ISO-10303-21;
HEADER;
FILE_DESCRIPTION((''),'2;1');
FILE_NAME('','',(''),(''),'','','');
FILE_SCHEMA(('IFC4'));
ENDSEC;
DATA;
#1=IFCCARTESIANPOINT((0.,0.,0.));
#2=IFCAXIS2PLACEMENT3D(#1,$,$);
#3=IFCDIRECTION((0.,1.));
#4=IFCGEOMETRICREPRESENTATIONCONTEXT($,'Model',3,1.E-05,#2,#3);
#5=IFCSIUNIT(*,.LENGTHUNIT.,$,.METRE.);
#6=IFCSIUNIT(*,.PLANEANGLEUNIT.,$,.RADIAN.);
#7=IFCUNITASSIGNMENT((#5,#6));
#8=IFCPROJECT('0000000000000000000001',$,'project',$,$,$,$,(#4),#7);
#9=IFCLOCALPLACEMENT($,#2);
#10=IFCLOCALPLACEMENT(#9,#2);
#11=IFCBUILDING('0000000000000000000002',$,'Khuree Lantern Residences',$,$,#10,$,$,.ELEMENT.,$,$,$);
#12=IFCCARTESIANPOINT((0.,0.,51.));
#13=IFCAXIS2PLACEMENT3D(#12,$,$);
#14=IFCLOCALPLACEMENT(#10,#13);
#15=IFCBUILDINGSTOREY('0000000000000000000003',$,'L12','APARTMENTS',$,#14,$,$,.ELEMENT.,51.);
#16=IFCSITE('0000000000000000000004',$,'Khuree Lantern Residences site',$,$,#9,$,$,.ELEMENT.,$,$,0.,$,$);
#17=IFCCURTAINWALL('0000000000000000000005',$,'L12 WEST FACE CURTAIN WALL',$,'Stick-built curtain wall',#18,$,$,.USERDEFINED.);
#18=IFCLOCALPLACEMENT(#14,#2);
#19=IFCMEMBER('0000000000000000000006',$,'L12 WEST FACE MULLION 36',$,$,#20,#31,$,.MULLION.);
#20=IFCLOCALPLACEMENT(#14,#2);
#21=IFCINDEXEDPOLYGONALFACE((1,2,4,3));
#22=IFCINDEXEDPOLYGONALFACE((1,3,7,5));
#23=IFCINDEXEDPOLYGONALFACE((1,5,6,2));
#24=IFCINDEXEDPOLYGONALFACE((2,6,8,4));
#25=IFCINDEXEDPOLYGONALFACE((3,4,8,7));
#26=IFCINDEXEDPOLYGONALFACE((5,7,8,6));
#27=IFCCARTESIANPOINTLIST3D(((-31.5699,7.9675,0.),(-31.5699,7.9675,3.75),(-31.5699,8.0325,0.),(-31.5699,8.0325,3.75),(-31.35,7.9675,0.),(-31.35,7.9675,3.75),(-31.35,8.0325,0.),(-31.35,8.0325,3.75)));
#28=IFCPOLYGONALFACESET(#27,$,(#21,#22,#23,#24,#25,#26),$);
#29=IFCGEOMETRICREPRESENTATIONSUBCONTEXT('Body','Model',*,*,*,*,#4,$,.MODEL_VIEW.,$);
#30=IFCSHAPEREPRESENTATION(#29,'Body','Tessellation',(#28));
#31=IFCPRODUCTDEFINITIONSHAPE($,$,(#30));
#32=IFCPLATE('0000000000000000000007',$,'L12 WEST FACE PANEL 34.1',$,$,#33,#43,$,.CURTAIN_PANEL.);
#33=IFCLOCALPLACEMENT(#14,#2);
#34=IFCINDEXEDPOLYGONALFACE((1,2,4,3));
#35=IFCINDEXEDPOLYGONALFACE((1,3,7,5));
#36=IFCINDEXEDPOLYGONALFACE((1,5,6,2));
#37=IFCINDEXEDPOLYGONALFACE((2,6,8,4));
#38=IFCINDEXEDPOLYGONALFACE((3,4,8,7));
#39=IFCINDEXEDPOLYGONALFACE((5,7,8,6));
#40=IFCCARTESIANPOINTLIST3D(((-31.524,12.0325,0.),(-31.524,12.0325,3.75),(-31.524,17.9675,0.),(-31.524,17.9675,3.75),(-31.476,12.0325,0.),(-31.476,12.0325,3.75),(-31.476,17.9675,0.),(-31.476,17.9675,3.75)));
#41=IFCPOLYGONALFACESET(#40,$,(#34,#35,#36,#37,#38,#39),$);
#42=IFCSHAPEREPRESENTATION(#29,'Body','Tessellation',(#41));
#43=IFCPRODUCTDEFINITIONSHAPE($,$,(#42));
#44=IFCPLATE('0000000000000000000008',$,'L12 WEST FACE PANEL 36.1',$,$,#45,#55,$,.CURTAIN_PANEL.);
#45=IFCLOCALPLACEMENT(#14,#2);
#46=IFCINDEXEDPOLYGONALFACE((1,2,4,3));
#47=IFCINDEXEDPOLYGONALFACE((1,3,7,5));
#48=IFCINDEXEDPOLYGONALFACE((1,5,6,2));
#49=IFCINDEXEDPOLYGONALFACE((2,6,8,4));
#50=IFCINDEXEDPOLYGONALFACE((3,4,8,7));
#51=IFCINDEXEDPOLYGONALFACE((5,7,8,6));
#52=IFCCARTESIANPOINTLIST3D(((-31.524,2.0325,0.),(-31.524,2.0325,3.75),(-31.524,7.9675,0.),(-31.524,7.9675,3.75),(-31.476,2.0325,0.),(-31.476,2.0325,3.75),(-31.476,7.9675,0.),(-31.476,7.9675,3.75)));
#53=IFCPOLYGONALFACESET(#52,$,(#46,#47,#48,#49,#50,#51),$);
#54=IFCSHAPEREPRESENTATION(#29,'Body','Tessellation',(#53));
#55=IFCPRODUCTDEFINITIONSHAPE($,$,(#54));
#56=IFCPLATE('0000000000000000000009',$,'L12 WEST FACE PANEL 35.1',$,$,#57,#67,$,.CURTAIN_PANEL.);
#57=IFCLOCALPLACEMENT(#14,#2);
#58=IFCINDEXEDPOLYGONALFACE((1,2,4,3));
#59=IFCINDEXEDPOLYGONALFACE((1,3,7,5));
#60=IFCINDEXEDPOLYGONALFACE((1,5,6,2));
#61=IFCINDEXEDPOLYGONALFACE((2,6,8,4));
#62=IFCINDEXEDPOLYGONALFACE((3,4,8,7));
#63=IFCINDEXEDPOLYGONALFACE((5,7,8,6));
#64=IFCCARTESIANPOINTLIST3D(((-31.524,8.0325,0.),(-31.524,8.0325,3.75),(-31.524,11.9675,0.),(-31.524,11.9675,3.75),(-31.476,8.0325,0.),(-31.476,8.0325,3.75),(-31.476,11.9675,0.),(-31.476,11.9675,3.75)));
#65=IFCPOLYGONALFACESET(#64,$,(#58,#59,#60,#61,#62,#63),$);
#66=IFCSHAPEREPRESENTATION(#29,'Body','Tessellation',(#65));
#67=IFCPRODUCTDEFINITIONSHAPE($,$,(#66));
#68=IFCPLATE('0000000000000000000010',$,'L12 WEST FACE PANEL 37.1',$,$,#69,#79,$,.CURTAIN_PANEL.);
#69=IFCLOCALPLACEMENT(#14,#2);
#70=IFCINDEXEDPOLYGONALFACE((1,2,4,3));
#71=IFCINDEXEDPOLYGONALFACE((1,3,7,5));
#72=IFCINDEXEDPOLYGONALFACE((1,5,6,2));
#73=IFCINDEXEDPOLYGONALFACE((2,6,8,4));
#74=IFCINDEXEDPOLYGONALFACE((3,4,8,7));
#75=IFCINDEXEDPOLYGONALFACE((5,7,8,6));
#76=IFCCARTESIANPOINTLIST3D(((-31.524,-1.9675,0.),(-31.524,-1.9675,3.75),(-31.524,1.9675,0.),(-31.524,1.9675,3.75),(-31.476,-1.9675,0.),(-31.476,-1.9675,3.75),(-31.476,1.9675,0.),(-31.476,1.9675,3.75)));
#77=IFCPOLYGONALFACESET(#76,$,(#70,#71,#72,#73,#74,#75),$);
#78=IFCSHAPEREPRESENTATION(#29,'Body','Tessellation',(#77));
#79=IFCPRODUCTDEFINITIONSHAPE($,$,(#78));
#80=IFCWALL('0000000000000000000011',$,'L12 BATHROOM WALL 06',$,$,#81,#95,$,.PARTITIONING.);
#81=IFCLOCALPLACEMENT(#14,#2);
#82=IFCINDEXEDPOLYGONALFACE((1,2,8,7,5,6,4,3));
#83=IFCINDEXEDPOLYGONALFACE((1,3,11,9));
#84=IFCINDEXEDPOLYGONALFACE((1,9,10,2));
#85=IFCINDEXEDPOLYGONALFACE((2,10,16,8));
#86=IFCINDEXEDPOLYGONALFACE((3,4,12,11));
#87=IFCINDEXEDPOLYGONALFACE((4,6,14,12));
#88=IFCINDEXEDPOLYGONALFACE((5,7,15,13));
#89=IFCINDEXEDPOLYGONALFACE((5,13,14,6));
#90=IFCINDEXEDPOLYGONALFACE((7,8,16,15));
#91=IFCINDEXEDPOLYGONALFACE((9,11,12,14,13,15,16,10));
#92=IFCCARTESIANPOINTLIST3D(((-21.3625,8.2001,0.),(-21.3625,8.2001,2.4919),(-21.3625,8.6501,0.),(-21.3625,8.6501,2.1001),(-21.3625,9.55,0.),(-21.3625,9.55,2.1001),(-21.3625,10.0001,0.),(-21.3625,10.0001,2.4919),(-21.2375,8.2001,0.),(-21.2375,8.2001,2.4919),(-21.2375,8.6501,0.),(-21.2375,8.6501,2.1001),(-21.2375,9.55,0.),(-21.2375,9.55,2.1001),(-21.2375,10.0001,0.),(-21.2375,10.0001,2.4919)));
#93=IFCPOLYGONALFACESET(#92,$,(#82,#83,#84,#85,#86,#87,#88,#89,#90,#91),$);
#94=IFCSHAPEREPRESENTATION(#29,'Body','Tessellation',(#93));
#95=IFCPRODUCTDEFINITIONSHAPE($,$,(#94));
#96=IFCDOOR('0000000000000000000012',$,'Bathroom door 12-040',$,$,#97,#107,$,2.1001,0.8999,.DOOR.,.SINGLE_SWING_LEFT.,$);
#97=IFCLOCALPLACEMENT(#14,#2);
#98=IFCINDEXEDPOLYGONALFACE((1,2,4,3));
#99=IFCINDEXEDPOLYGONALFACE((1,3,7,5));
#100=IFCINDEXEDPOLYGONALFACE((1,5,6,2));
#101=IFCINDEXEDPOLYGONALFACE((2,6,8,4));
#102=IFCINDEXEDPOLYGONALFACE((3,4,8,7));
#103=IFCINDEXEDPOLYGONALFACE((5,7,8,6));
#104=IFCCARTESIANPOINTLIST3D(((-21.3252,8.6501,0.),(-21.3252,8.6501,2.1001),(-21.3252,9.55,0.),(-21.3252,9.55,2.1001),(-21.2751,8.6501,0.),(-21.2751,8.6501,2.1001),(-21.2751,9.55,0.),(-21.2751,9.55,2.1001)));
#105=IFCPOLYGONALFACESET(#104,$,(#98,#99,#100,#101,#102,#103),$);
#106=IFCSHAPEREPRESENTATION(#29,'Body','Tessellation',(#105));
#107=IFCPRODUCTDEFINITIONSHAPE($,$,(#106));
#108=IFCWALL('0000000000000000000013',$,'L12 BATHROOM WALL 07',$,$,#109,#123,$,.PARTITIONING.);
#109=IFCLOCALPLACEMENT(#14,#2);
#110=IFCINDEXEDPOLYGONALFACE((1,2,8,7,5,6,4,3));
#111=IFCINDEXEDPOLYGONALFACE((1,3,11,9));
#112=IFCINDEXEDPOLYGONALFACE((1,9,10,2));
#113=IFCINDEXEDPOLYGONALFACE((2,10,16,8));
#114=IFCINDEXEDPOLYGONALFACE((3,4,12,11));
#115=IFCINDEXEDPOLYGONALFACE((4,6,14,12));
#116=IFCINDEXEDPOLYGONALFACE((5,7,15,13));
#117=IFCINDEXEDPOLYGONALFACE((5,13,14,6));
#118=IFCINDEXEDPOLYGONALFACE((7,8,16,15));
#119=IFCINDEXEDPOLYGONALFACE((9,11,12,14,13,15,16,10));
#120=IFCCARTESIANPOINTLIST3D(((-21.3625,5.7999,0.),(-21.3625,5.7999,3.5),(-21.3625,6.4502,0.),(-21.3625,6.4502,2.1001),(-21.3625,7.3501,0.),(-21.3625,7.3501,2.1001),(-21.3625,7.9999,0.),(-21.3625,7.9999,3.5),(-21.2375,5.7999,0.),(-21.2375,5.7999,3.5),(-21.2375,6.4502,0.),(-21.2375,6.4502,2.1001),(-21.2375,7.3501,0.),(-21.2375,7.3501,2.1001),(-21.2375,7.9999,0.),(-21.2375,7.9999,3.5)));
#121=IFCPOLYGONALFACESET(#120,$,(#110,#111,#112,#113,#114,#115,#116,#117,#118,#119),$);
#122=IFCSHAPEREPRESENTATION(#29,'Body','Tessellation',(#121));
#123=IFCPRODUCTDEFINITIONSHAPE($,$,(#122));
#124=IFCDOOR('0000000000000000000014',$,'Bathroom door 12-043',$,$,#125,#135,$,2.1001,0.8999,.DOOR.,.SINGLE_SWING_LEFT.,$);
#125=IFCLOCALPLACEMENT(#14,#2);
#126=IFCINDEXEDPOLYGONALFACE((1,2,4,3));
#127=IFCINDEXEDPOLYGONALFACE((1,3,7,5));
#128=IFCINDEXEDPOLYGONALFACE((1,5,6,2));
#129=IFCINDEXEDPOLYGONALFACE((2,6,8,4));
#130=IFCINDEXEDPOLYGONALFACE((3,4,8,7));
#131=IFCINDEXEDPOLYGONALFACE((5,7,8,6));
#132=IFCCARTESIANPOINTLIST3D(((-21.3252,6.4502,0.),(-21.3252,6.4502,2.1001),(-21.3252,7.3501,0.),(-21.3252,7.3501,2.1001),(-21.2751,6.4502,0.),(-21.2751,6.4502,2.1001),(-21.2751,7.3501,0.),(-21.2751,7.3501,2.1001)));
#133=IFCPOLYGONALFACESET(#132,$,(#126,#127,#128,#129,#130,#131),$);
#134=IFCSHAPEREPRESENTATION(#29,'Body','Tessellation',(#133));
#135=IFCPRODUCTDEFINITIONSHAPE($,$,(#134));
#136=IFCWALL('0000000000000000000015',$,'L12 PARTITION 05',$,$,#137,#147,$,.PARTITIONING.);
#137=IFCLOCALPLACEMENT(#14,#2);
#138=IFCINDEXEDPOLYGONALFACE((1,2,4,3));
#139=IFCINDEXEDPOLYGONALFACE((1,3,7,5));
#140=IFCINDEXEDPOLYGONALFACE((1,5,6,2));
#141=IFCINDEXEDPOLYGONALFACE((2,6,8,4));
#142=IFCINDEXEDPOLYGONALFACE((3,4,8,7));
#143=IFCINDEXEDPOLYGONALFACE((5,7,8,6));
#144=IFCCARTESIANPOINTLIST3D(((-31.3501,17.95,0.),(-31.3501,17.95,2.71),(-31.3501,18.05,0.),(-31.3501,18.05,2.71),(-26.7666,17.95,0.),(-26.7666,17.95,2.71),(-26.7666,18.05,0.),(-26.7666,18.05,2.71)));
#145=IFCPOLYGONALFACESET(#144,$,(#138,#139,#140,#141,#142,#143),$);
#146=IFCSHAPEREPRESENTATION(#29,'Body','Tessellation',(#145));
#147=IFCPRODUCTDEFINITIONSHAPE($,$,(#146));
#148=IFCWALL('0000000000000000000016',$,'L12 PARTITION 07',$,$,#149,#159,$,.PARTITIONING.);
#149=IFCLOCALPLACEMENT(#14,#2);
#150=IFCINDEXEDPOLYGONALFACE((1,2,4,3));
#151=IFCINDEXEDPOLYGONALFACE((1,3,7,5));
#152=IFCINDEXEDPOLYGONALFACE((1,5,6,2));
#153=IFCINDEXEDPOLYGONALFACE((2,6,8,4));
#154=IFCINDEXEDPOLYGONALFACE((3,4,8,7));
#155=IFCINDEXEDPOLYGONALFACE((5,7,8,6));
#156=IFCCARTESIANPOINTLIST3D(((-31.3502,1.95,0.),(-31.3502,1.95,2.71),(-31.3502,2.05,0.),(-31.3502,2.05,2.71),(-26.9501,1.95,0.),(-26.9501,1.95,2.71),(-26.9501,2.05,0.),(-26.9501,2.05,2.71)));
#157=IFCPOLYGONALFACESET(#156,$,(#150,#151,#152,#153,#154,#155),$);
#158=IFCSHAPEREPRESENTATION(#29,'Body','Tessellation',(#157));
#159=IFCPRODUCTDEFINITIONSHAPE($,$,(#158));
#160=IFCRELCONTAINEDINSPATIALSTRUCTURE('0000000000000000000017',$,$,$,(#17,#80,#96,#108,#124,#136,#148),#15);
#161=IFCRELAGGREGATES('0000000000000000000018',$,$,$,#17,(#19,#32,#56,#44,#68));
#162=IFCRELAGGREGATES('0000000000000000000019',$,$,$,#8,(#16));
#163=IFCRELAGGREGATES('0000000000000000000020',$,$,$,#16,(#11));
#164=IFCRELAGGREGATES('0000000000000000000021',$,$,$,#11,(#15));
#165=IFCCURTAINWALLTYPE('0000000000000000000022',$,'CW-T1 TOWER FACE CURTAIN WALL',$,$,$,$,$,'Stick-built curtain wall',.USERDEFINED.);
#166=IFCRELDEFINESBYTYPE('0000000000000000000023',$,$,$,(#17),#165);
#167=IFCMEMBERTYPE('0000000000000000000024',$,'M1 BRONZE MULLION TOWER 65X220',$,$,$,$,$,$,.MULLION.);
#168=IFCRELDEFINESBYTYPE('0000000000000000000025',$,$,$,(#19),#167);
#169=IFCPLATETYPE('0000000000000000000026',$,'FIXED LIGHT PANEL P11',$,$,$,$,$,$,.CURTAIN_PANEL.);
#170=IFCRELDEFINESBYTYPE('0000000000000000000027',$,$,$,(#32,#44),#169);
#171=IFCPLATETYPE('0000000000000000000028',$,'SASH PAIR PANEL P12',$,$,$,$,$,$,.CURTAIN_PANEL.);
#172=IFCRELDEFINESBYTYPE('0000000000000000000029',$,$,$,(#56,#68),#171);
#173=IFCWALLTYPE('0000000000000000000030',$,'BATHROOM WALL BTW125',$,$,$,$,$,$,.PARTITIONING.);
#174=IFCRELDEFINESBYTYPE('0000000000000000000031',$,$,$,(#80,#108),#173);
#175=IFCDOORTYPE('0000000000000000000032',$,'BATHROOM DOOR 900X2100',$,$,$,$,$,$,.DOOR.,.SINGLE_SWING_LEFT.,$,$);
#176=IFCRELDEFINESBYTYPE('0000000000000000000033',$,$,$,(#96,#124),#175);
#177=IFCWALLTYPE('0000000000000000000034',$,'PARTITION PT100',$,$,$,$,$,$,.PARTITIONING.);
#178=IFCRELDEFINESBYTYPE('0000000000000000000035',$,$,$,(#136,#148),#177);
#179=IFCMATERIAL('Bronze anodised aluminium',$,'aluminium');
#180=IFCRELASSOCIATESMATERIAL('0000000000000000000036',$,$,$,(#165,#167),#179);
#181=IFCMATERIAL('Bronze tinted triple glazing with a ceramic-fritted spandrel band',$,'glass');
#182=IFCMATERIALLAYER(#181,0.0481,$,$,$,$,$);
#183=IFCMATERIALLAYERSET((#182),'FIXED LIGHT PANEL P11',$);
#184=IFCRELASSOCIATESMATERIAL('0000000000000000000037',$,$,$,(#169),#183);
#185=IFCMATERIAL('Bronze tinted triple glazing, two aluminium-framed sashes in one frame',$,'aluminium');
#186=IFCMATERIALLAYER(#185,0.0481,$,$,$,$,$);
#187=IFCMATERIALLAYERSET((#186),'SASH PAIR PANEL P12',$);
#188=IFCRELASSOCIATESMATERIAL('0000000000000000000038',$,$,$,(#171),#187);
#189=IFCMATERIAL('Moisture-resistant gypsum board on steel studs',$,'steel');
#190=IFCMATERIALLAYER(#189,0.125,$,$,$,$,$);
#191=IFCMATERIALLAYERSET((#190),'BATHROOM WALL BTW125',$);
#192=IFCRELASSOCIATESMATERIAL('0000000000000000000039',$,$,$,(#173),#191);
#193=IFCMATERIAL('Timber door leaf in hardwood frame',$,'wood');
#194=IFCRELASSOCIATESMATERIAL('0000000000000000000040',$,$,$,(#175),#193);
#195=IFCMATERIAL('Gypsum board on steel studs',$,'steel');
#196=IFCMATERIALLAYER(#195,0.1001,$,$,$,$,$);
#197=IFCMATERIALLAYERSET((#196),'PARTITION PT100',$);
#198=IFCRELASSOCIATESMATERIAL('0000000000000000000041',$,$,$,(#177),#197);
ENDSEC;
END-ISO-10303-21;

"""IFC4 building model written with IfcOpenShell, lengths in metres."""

from ifc_helpers import new_model, si_unit, direction, frame, frame_2d, origin, origin_2d, place, context, subcontext, project, spatial, rectangle, extrude, material, layer, layer_set, material_profile, profile_set, type_object, element, fill, aggregate, save


model = new_model("IFC4")

# Units and contexts
model_context = context("Model", 3, precision=1e-05, world=origin(), true_north=direction((0.0, 1.0)))
body_context = subcontext(model_context, "Body", "Model", "MODEL_VIEW")
ifc_project = project(units=[si_unit("LENGTHUNIT", "METRE"), si_unit("PLANEANGLEUNIT", "RADIAN")], contexts=[model_context])

# Site, building, storey
site_placement = place(None, origin())
site = spatial("IfcSite", under=ifc_project, at=site_placement, Name="Khuree Lantern Residences site", CompositionType="ELEMENT", RefElevation=0.0)
building_placement = place(site_placement, origin())
building = spatial("IfcBuilding", under=site, at=building_placement, Name="Khuree Lantern Residences", CompositionType="ELEMENT")
storey_placement = place(building_placement, frame((0.0, 0.0, 51.0)))
storey = spatial("IfcBuildingStorey", under=building, at=storey_placement, Name="L12", Description="APARTMENTS", CompositionType="ELEMENT", Elevation=51.0)

# Curtain wall
ifc_material_1 = material(Name="Bronze anodised aluminium", Category="aluminium")
curtain_wall_type = type_object("IfcCurtainWallType", Name="CW-T1 TOWER FACE CURTAIN WALL", ElementType="Stick-built curtain wall", PredefinedType="USERDEFINED", material=ifc_material_1)
curtain_wall_placement = place(storey_placement, origin())
curtain_wall = element("IfcCurtainWall", 1, at=curtain_wall_placement, inside=storey, type_object=curtain_wall_type, Name="L12 WEST FACE CURTAIN WALL", ObjectType="Stick-built curtain wall", PredefinedType="USERDEFINED")

# Member
ifc_material_profile_1 = material_profile(ifc_material_1, rectangle(XDim=0.0649, YDim=0.22, at=origin_2d()), Name="M1 65X220")
ifc_profile_set_1 = profile_set([ifc_material_profile_1], Name="Bronze anodised aluminium")
member_type_1 = type_object("IfcMemberType", Name="M1 BRONZE MULLION TOWER 65X220", PredefinedType="MULLION", material=ifc_profile_set_1)
member_1_placement = place(storey_placement, frame((-31.46, 8.0, 0.0), z_axis=(0.0, 0.0, 1.0), x_axis=(0.0, -1.0, 0.0)))
member_1 = element("IfcMember", 2, at=member_1_placement, type_object=member_type_1, Name="L12 WEST FACE MULLION 36", PredefinedType="MULLION", context=body_context, shape_type="SweptSolid", body=[
    extrude(rectangle(XDim=0.0649, YDim=0.22, at=origin_2d()), origin(), (0.0, 0.0, 1.0), 3.75),
])

# Plates
ifc_material_2 = material(Name="Bronze tinted triple glazing with a ceramic-fritted spandrel band", Category="glass")
ifc_layer_1 = layer(ifc_material_2, 0.0481)
ifc_layer_set_1 = layer_set([ifc_layer_1], Name="FIXED LIGHT PANEL P11")
plate_type_1 = type_object("IfcPlateType", Name="FIXED LIGHT PANEL P11", PredefinedType="CURTAIN_PANEL", material=ifc_layer_set_1)
plate_1_placement = place(storey_placement, frame((-31.5, 15.0, 0.0), z_axis=(0.0, 0.0, 1.0), x_axis=(0.0, -1.0, 0.0)))
plate_1 = element("IfcPlate", 3, at=plate_1_placement, type_object=plate_type_1, Name="L12 WEST FACE PANEL 34.1", PredefinedType="CURTAIN_PANEL", context=body_context, shape_type="SweptSolid", body=[
    extrude(rectangle(XDim=5.9351, YDim=0.0481, at=origin_2d()), origin(), (0.0, 0.0, 1.0), 3.75),
])
plate_2_placement = place(storey_placement, frame((-31.5, 5.0, 0.0), z_axis=(0.0, 0.0, 1.0), x_axis=(0.0, -1.0, 0.0)))
plate_2 = element("IfcPlate", 4, at=plate_2_placement, type_object=plate_type_1, Name="L12 WEST FACE PANEL 36.1", PredefinedType="CURTAIN_PANEL", context=body_context, shape_type="SweptSolid", body=[
    extrude(rectangle(XDim=5.9351, YDim=0.0481, at=origin_2d()), origin(), (0.0, 0.0, 1.0), 3.75),
])
ifc_material_3 = material(Name="Bronze tinted triple glazing, two aluminium-framed sashes in one frame", Category="aluminium")
ifc_layer_2 = layer(ifc_material_3, 0.0481)
ifc_layer_set_2 = layer_set([ifc_layer_2], Name="SASH PAIR PANEL P12")
plate_type_2 = type_object("IfcPlateType", Name="SASH PAIR PANEL P12", PredefinedType="CURTAIN_PANEL", material=ifc_layer_set_2)
plate_3_placement = place(storey_placement, frame((-31.5, 10.0, 0.0), z_axis=(0.0, 0.0, 1.0), x_axis=(0.0, -1.0, 0.0)))
plate_3 = element("IfcPlate", 5, at=plate_3_placement, type_object=plate_type_2, Name="L12 WEST FACE PANEL 35.1", PredefinedType="CURTAIN_PANEL", context=body_context, shape_type="SweptSolid", body=[
    extrude(rectangle(XDim=3.9351, YDim=0.0481, at=origin_2d()), origin(), (0.0, 0.0, 1.0), 3.75),
])
plate_4_placement = place(storey_placement, frame((-31.5, 0.0, 0.0), z_axis=(0.0, 0.0, 1.0), x_axis=(0.0, -1.0, 0.0)))
plate_4 = element("IfcPlate", 6, at=plate_4_placement, type_object=plate_type_2, Name="L12 WEST FACE PANEL 37.1", PredefinedType="CURTAIN_PANEL", context=body_context, shape_type="SweptSolid", body=[
    extrude(rectangle(XDim=3.9351, YDim=0.0481, at=origin_2d()), origin(), (0.0, 0.0, 1.0), 3.75),
])
aggregate(curtain_wall, [member_1, plate_1, plate_3, plate_2, plate_4])

# Walls, openings, doors
ifc_material_4 = material(Name="Moisture-resistant gypsum board on steel studs", Category="steel")
ifc_layer_3 = layer(ifc_material_4, 0.125)
ifc_layer_set_3 = layer_set([ifc_layer_3], Name="BATHROOM WALL BTW125")
wall_type_1 = type_object("IfcWallType", Name="BATHROOM WALL BTW125", PredefinedType="PARTITIONING", material=ifc_layer_set_3)
wall_1_placement = place(storey_placement, frame((-21.3, 10.0, 0.0), z_axis=(0.0, 0.0, 1.0), x_axis=(0.0, -1.0, 0.0)))
wall_1 = element("IfcWall", 7, at=wall_1_placement, inside=storey, type_object=wall_type_1, Name="L12 BATHROOM WALL 06", PredefinedType="PARTITIONING", context=body_context, shape_type="SweptSolid", body=[
    extrude(rectangle(XDim=1.8, YDim=0.125, at=frame_2d((0.8999, 0.0))), origin(), (0.0, 0.0, 1.0), 2.4919),
])
opening_1_placement = place(wall_1_placement, frame((0.45, 0.0, 0.0)))
opening_1 = element("IfcOpeningElement", 8, at=opening_1_placement, cuts=wall_1, PredefinedType="OPENING", context=body_context, shape_type="SweptSolid", body=[
    extrude(rectangle(XDim=0.8999, YDim=2.1001, at=frame_2d((0.45, 1.05))), frame((0.0, 0.0725, 0.0), z_axis=(0.0, -1.0, 0.0), x_axis=(1.0, 0.0, 0.0)), (0.0, 0.0, 1.0), 0.145),
])
ifc_material_5 = material(Name="Timber door leaf in hardwood frame", Category="wood")
door_type_1 = type_object("IfcDoorType", Name="BATHROOM DOOR 900X2100", OperationType="SINGLE_SWING_LEFT", PredefinedType="DOOR", material=ifc_material_5)
door_1_placement = place(opening_1_placement, origin())
door_1 = element("IfcDoor", 9, at=door_1_placement, inside=storey, type_object=door_type_1, Name="Bathroom door 12-040", OperationType="SINGLE_SWING_LEFT", OverallHeight=2.1001, OverallWidth=0.8999, PredefinedType="DOOR", context=body_context, shape_type="SweptSolid", body=[
    extrude(rectangle(XDim=0.8999, YDim=2.1001, at=frame_2d((0.45, 1.05))), frame((0.0, 0.0249, 0.0), z_axis=(0.0, -1.0, 0.0), x_axis=(1.0, 0.0, 0.0)), (0.0, 0.0, 1.0), 0.05),
])
fill(opening_1, door_1)
wall_2_placement = place(storey_placement, frame((-21.3, 8.0, 0.0), z_axis=(0.0, 0.0, 1.0), x_axis=(0.0, -1.0, 0.0)))
wall_2 = element("IfcWall", 10, at=wall_2_placement, inside=storey, type_object=wall_type_1, Name="L12 BATHROOM WALL 07", PredefinedType="PARTITIONING", context=body_context, shape_type="SweptSolid", body=[
    extrude(rectangle(XDim=2.2, YDim=0.125, at=frame_2d((1.1001, 0.0))), origin(), (0.0, 0.0, 1.0), 3.5),
])
opening_2_placement = place(wall_2_placement, frame((0.6499, 0.0, 0.0)))
opening_2 = element("IfcOpeningElement", 11, at=opening_2_placement, cuts=wall_2, PredefinedType="OPENING", context=body_context, shape_type="SweptSolid", body=[
    extrude(rectangle(XDim=0.8999, YDim=2.1001, at=frame_2d((0.45, 1.05))), frame((0.0, 0.0725, 0.0), z_axis=(0.0, -1.0, 0.0), x_axis=(1.0, 0.0, 0.0)), (0.0, 0.0, 1.0), 0.145),
])
door_2_placement = place(opening_2_placement, origin())
door_2 = element("IfcDoor", 12, at=door_2_placement, inside=storey, type_object=door_type_1, Name="Bathroom door 12-043", OperationType="SINGLE_SWING_LEFT", OverallHeight=2.1001, OverallWidth=0.8999, PredefinedType="DOOR", context=body_context, shape_type="SweptSolid", body=[
    extrude(rectangle(XDim=0.8999, YDim=2.1001, at=frame_2d((0.45, 1.05))), frame((0.0, 0.0249, 0.0), z_axis=(0.0, -1.0, 0.0), x_axis=(1.0, 0.0, 0.0)), (0.0, 0.0, 1.0), 0.05),
])
fill(opening_2, door_2)

# Walls
ifc_material_6 = material(Name="Gypsum board on steel studs", Category="steel")
ifc_layer_4 = layer(ifc_material_6, 0.1001)
ifc_layer_set_4 = layer_set([ifc_layer_4], Name="PARTITION PT100")
wall_type_2 = type_object("IfcWallType", Name="PARTITION PT100", PredefinedType="PARTITIONING", material=ifc_layer_set_4)
wall_3_placement = place(storey_placement, frame((-26.7666, 18.0, 0.0), z_axis=(0.0, 0.0, 1.0), x_axis=(-1.0, 0.0, 0.0)))
element("IfcWall", 13, at=wall_3_placement, inside=storey, type_object=wall_type_2, Name="L12 PARTITION 05", PredefinedType="PARTITIONING", context=body_context, shape_type="SweptSolid", body=[
    extrude(rectangle(XDim=4.5835, YDim=0.1001, at=frame_2d((2.2917, 0.0))), origin(), (0.0, 0.0, 1.0), 2.71),
])
wall_4_placement = place(storey_placement, frame((-26.95, 2.0, 0.0), z_axis=(0.0, 0.0, 1.0), x_axis=(-1.0, 0.0, 0.0)))
element("IfcWall", 14, at=wall_4_placement, inside=storey, type_object=wall_type_2, Name="L12 PARTITION 07", PredefinedType="PARTITIONING", context=body_context, shape_type="SweptSolid", body=[
    extrude(rectangle(XDim=4.4001, YDim=0.1001, at=frame_2d((2.2002, 0.0))), origin(), (0.0, 0.0, 1.0), 2.71),
])

save(model, "model.ifc")
